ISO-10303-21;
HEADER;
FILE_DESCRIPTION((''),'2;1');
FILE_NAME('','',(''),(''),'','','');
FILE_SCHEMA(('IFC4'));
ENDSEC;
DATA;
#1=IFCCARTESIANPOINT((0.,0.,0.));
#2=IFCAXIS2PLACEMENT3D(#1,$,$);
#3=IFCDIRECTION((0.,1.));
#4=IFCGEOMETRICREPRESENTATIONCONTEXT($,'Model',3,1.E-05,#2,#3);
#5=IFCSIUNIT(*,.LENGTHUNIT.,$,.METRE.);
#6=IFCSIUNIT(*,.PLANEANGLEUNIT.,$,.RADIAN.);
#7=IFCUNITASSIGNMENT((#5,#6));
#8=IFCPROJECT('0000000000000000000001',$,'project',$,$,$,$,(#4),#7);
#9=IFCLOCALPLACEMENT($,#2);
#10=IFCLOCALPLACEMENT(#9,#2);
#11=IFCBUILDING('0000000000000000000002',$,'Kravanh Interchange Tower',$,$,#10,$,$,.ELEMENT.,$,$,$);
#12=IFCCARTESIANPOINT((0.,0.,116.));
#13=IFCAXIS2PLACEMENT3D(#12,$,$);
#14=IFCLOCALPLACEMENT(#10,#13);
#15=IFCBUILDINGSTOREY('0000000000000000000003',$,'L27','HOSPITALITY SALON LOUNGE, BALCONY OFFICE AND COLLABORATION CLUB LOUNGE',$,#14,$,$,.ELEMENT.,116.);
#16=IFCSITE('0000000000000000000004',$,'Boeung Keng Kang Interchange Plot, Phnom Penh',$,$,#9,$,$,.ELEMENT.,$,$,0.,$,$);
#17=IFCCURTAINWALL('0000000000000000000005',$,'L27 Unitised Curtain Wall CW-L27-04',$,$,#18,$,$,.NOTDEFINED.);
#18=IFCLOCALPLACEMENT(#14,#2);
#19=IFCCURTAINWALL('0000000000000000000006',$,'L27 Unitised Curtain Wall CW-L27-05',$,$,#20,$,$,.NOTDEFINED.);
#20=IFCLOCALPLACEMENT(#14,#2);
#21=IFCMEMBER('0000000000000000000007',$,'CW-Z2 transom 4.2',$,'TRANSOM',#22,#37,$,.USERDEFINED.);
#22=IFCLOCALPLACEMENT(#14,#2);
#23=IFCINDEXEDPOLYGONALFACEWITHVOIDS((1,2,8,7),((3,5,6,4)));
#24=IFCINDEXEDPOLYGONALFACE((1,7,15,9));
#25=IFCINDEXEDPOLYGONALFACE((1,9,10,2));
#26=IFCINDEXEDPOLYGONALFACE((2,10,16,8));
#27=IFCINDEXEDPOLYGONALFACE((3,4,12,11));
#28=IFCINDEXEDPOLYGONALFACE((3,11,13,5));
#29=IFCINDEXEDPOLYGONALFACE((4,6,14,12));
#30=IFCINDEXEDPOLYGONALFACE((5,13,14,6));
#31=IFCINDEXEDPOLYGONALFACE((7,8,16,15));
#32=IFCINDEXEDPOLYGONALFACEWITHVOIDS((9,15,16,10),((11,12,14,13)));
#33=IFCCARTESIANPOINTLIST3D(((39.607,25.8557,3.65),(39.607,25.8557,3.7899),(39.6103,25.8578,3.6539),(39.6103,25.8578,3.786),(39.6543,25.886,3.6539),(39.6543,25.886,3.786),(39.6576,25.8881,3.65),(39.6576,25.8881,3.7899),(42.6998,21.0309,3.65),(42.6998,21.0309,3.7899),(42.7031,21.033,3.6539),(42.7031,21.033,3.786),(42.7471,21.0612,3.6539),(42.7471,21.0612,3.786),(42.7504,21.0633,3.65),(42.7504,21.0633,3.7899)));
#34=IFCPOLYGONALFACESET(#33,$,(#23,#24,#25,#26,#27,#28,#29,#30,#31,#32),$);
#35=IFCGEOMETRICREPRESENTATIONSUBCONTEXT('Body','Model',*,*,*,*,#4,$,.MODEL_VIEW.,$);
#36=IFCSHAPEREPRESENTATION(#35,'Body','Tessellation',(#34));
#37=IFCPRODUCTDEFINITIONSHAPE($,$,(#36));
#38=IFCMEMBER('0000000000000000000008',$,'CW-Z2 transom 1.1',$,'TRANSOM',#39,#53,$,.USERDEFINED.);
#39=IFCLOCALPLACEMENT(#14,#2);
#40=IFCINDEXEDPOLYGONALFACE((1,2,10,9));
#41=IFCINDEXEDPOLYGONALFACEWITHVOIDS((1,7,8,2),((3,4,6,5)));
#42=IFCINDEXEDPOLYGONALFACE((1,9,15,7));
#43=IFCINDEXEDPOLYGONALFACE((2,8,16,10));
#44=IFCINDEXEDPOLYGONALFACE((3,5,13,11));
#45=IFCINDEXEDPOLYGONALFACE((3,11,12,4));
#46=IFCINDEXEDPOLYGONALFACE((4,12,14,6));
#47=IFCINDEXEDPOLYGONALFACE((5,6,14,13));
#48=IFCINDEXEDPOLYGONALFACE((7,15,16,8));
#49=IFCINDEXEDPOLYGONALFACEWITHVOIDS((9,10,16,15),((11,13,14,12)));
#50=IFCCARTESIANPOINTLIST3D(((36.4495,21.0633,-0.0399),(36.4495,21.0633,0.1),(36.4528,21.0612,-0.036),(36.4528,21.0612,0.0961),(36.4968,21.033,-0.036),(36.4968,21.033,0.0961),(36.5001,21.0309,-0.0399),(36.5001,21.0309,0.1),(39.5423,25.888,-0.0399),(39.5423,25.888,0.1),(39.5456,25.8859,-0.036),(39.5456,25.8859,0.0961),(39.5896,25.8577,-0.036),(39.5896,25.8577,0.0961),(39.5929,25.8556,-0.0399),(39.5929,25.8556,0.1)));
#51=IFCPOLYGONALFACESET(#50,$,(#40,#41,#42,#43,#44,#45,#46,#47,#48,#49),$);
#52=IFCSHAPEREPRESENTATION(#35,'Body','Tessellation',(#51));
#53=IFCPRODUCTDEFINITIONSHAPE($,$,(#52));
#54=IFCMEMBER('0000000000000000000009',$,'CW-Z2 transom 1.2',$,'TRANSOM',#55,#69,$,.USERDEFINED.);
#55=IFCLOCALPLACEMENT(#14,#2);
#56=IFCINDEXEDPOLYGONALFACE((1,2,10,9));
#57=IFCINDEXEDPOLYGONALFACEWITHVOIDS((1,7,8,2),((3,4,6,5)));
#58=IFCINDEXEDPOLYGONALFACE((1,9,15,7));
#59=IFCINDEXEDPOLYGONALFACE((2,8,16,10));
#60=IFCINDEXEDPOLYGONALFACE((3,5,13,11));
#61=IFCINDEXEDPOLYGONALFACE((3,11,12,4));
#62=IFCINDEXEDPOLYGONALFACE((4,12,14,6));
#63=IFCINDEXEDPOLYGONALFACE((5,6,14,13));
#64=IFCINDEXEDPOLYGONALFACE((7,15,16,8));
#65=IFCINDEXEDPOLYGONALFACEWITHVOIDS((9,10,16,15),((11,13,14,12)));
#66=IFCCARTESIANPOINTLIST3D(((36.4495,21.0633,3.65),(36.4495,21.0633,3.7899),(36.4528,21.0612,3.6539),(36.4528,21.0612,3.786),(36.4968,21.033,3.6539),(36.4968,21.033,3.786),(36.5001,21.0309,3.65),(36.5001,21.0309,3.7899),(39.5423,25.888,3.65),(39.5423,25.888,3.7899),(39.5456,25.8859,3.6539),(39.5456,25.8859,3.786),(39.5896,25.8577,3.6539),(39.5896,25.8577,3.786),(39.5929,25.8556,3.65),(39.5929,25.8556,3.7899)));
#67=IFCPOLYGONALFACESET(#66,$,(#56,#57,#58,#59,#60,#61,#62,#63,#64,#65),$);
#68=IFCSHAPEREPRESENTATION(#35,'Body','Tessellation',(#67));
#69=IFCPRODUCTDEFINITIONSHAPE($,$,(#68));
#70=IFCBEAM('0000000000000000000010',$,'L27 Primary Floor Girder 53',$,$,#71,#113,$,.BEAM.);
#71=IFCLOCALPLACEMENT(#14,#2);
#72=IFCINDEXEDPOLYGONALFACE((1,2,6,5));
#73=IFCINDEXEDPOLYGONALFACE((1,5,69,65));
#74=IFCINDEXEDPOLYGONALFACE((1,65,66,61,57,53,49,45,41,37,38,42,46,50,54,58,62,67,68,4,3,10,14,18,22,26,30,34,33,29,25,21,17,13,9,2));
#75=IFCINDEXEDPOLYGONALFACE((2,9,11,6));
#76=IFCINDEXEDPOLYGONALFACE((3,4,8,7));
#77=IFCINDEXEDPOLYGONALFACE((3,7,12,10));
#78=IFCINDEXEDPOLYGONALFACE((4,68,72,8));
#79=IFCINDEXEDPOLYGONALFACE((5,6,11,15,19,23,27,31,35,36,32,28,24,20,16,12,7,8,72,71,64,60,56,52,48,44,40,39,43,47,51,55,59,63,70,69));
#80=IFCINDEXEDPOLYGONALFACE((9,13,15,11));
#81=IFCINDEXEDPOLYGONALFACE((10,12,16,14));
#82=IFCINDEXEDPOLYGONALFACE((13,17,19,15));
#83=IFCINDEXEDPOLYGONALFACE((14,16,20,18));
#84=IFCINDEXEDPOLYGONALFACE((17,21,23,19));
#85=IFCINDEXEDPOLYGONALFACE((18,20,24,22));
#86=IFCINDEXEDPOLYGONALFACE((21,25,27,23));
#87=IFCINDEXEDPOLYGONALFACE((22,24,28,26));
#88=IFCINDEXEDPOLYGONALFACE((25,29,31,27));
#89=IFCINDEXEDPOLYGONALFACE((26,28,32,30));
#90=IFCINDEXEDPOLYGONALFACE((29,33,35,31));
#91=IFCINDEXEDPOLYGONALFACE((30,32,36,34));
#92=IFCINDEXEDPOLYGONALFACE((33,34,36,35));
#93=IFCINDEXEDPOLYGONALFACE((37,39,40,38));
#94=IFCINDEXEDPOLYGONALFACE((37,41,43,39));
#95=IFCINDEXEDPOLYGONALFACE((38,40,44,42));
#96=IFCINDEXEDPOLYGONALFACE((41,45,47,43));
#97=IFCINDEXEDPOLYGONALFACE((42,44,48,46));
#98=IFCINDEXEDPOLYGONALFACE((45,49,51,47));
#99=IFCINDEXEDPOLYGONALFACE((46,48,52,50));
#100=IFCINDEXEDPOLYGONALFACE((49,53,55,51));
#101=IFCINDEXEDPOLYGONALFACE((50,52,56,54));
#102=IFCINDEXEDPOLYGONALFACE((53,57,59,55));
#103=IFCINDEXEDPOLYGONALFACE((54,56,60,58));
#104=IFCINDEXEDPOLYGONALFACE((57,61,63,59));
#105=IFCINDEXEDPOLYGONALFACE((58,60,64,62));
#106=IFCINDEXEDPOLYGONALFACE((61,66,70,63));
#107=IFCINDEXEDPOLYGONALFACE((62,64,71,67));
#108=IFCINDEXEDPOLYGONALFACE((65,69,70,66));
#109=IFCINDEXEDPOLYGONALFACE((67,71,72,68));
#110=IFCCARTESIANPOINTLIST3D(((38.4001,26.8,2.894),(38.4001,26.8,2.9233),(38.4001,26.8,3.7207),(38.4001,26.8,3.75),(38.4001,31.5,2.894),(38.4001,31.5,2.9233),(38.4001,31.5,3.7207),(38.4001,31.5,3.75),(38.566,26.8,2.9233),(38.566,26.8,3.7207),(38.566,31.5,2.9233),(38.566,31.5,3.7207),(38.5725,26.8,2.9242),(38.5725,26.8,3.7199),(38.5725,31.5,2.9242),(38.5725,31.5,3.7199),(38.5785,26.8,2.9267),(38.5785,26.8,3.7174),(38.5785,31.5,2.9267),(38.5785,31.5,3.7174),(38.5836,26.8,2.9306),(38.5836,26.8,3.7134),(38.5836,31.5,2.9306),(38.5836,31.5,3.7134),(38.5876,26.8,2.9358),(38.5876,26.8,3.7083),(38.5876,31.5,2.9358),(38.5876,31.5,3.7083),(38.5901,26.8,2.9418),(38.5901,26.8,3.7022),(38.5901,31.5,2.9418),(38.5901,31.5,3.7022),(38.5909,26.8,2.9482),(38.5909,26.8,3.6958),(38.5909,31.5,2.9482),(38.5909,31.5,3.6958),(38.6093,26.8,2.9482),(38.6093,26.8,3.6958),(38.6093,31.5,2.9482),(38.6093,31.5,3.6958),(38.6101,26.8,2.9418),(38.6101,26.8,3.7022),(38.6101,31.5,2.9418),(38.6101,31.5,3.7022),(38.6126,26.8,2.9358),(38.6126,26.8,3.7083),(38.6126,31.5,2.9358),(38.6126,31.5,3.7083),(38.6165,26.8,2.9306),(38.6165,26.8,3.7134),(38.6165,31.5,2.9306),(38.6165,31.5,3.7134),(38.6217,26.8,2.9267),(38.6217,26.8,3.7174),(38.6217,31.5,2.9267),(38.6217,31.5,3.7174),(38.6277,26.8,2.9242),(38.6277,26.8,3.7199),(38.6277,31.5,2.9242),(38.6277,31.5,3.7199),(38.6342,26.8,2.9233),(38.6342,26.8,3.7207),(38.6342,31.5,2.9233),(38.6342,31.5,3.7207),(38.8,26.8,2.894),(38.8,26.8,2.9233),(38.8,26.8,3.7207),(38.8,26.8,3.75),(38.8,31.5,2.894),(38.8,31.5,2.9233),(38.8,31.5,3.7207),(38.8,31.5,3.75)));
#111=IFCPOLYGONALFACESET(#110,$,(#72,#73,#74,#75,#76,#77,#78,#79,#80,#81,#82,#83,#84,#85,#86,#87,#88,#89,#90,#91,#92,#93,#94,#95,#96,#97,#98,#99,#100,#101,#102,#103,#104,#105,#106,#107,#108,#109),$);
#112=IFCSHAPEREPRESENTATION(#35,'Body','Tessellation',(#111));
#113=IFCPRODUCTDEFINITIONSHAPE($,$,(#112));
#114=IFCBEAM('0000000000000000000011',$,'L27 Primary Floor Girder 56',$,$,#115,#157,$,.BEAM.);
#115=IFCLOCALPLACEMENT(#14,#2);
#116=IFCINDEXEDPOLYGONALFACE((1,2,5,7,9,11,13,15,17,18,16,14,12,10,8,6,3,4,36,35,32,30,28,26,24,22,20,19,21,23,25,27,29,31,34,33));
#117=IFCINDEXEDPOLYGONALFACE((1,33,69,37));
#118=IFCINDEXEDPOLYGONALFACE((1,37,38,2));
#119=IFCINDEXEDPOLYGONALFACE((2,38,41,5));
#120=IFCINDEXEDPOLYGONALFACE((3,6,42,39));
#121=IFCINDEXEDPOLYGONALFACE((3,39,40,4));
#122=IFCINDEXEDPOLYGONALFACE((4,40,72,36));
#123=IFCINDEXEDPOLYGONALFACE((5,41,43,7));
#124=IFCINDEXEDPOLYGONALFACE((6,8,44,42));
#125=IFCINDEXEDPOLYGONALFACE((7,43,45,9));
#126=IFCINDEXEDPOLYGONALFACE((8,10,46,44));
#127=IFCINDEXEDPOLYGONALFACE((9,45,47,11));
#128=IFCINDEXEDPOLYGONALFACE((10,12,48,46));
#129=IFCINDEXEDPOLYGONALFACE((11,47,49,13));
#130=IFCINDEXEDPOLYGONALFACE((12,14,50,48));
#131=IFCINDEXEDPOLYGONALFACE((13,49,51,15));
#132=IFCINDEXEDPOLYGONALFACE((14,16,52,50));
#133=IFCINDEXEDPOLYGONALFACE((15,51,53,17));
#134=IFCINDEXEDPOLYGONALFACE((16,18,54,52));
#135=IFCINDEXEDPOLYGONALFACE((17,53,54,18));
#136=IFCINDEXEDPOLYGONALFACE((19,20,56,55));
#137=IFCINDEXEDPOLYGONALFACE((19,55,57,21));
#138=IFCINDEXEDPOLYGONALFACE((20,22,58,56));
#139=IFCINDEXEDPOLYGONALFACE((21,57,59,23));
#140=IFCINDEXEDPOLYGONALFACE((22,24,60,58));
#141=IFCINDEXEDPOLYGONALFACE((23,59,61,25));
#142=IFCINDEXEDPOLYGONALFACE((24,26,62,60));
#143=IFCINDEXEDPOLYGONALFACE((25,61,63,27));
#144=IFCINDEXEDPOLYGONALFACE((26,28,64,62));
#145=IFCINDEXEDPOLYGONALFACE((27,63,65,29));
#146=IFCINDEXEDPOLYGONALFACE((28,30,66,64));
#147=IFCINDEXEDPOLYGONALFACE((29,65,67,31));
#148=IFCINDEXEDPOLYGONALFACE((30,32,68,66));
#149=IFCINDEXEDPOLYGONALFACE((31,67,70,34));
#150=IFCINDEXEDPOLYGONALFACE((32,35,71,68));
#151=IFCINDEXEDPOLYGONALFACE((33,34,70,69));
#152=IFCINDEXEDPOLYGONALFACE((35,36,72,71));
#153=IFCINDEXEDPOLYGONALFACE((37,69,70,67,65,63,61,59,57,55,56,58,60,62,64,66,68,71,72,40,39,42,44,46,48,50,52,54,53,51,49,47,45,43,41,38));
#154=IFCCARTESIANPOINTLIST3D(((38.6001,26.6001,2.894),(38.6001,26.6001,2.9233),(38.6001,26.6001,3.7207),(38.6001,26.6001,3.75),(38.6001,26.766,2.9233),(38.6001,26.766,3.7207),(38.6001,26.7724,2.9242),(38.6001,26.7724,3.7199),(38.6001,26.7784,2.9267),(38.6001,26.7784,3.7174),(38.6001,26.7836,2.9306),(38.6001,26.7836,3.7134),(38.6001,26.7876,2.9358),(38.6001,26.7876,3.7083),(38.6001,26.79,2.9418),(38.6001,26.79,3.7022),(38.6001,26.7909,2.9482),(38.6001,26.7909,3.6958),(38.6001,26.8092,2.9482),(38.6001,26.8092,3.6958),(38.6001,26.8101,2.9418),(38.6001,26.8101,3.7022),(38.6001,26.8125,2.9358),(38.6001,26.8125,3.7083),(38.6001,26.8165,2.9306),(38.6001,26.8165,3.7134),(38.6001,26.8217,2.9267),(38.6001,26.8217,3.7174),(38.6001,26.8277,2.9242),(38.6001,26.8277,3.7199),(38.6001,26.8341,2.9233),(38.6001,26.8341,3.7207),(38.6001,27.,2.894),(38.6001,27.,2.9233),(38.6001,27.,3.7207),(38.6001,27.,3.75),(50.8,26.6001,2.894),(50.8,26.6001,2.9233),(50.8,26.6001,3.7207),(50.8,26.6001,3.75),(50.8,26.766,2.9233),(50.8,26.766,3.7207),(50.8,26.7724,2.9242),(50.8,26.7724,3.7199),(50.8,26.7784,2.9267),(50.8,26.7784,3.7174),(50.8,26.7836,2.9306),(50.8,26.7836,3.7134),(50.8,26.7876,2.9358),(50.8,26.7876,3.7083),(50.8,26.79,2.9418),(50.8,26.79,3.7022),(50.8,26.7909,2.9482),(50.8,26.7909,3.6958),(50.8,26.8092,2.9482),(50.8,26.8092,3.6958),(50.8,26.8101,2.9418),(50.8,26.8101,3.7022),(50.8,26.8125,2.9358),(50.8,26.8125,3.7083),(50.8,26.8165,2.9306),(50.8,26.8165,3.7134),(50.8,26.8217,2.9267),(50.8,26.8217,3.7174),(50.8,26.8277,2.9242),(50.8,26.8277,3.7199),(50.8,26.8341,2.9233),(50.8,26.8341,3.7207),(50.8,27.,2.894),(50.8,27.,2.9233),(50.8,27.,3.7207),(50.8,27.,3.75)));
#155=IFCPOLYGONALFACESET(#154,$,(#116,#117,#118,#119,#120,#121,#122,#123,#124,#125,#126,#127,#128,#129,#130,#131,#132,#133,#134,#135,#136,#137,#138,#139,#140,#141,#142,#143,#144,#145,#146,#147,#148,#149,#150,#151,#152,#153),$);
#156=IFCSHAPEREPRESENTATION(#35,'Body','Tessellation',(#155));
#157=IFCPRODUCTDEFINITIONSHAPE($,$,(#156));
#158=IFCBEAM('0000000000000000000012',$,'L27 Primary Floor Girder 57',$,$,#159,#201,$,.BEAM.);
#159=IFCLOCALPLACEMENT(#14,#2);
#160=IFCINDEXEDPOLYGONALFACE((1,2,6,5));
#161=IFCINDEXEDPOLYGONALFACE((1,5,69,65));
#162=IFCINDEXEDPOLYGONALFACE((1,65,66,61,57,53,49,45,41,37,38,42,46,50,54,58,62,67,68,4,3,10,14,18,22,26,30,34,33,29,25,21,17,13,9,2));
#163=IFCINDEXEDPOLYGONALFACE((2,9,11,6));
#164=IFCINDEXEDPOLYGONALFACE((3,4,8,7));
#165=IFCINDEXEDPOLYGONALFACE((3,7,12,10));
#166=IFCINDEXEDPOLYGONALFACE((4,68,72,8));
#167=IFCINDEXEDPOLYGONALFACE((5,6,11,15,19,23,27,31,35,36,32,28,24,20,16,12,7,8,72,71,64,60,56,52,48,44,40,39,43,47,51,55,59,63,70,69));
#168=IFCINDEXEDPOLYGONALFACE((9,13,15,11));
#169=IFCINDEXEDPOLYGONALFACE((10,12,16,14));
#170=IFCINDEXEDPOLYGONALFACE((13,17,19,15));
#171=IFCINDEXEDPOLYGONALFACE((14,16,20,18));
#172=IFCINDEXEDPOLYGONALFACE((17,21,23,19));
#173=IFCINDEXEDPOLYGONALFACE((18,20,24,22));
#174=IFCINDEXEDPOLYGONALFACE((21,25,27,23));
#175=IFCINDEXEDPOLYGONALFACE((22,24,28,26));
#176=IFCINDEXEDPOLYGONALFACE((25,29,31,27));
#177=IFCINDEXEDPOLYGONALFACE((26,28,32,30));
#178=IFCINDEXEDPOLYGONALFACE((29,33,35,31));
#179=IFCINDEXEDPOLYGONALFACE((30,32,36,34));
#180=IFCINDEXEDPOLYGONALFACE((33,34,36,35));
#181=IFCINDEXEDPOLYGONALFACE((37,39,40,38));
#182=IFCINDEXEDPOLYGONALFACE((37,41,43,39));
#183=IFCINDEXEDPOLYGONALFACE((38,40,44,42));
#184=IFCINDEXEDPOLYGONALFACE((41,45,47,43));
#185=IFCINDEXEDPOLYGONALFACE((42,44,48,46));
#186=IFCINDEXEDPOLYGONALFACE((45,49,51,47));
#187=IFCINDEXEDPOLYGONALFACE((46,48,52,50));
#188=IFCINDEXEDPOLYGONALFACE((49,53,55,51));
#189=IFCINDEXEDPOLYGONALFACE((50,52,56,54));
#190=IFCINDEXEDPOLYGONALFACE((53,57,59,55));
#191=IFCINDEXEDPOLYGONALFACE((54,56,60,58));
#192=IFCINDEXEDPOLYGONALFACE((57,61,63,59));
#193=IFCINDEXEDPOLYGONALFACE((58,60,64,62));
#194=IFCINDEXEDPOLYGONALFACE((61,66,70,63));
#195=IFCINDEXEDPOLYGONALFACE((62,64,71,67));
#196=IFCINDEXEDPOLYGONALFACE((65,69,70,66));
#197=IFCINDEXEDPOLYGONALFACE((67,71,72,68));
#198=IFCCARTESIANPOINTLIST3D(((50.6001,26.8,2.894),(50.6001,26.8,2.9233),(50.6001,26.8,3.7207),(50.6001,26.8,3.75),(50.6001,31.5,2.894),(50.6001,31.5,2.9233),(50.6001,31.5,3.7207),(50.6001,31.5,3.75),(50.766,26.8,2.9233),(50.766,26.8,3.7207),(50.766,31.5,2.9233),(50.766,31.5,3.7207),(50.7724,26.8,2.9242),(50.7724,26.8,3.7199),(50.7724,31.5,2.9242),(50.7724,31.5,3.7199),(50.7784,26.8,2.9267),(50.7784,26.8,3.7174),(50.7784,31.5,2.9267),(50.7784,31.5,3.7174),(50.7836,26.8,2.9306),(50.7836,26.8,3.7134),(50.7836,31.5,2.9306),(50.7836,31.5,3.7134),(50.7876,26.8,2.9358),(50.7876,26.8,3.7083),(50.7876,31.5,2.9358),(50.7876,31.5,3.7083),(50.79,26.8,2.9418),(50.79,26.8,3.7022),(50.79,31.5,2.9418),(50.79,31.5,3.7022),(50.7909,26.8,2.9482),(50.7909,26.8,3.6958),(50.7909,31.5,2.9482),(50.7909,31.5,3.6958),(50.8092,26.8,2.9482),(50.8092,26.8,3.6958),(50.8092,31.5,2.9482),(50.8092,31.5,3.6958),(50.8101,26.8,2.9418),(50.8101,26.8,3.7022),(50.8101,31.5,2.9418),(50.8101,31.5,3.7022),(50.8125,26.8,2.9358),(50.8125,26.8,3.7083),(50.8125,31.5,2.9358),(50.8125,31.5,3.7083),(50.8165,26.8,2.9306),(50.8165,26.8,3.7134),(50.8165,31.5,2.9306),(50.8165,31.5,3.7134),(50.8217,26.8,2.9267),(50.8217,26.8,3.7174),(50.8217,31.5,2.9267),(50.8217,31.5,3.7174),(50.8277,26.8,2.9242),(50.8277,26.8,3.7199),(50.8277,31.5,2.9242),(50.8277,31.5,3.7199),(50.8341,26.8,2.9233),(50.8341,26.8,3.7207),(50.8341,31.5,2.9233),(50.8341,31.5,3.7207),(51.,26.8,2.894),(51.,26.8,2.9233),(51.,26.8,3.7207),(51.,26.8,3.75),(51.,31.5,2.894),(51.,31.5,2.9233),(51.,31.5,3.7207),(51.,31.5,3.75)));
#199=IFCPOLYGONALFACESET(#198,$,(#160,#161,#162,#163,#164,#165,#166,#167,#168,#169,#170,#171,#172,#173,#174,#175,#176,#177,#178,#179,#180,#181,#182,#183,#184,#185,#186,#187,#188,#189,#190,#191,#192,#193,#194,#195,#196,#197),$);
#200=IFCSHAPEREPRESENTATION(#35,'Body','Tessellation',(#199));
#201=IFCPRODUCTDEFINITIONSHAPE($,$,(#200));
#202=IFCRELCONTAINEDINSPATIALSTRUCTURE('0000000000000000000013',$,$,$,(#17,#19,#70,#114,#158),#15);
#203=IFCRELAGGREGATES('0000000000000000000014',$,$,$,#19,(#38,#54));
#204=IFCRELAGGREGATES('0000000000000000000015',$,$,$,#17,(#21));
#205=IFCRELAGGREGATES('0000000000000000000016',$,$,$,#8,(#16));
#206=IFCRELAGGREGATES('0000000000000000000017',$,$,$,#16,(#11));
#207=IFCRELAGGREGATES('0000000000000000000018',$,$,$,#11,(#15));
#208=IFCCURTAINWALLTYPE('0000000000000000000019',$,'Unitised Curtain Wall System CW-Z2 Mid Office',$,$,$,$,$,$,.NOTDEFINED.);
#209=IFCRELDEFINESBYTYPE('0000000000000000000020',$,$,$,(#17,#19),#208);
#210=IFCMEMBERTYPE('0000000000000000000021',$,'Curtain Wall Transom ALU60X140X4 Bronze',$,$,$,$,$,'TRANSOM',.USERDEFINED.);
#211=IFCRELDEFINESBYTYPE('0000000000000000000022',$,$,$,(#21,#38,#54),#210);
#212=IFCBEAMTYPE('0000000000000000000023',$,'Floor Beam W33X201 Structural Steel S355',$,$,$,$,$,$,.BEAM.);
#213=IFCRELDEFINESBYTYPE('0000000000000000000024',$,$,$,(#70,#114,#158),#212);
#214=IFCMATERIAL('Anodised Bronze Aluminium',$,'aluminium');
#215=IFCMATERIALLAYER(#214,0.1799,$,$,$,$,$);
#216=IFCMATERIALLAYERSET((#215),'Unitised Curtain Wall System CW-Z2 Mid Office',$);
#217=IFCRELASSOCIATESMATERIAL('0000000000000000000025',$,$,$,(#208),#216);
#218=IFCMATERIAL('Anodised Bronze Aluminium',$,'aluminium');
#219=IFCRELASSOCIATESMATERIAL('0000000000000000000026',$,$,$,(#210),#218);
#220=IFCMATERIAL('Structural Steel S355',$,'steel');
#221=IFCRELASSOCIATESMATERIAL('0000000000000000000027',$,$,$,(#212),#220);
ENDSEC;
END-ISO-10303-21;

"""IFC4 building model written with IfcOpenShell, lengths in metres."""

from ifc_helpers import new_model, si_unit, direction, frame, origin, origin_2d, place, context, subcontext, project, spatial, hollow_rectangle, i_section, extrude, material, layer, layer_set, material_profile, profile_set, type_object, element, aggregate, save


model = new_model("IFC4")

# Units and contexts
model_context = context("Model", 3, precision=1e-05, world=origin(), true_north=direction((0.0, 1.0)))
body_context = subcontext(model_context, "Body", "Model", "MODEL_VIEW")
ifc_project = project(units=[si_unit("LENGTHUNIT", "METRE"), si_unit("PLANEANGLEUNIT", "RADIAN")], contexts=[model_context])

# Site, building, storey
site_placement = place(None, origin())
site = spatial("IfcSite", under=ifc_project, at=site_placement, Name="Boeung Keng Kang Interchange Plot, Phnom Penh", CompositionType="ELEMENT", RefElevation=0.0)
building_placement = place(site_placement, origin())
building = spatial("IfcBuilding", under=site, at=building_placement, Name="Kravanh Interchange Tower", CompositionType="ELEMENT")
storey_placement = place(building_placement, frame((0.0, 0.0, 116.0)))
storey = spatial("IfcBuildingStorey", under=building, at=storey_placement, Name="L27", Description="HOSPITALITY SALON LOUNGE, BALCONY OFFICE AND COLLABORATION CLUB LOUNGE", CompositionType="ELEMENT", Elevation=116.0)

# Curtain wall
ifc_material_1 = material(Name="Anodised Bronze Aluminium", Category="aluminium")
ifc_layer_1 = layer(ifc_material_1, 0.1799)
ifc_layer_set_1 = layer_set([ifc_layer_1], Name="Unitised Curtain Wall System CW-Z2 Mid Office")
curtain_wall_type = type_object("IfcCurtainWallType", Name="Unitised Curtain Wall System CW-Z2 Mid Office", PredefinedType="NOTDEFINED", material=ifc_layer_set_1)
curtain_wall_1_placement = place(storey_placement, origin())
curtain_wall_1 = element("IfcCurtainWall", 1, at=curtain_wall_1_placement, inside=storey, type_object=curtain_wall_type, Name="L27 Unitised Curtain Wall CW-L27-04", PredefinedType="NOTDEFINED")

# Curtain wall
curtain_wall_2_placement = place(storey_placement, origin())
curtain_wall_2 = element("IfcCurtainWall", 2, at=curtain_wall_2_placement, inside=storey, type_object=curtain_wall_type, Name="L27 Unitised Curtain Wall CW-L27-05", PredefinedType="NOTDEFINED")

# Members
ifc_material_2 = material(Name="Anodised Bronze Aluminium", Category="aluminium")
ifc_material_profile_1 = material_profile(ifc_material_2, hollow_rectangle(XDim=0.0601, YDim=0.1399, WallThickness=0.0039, at=origin_2d()), Name="ALU60X140X4")
ifc_profile_set_1 = profile_set([ifc_material_profile_1], Name="Anodised Bronze Aluminium")
member_type_1 = type_object("IfcMemberType", Name="Curtain Wall Transom ALU60X140X4 Bronze", ElementType="TRANSOM", PredefinedType="USERDEFINED", material=ifc_profile_set_1)
member_1_placement = place(storey_placement, frame((42.7251, 21.0471, 3.72), z_axis=(-0.539668, 0.841878, 0.0), x_axis=(-0.841878, -0.539668, 0.0)))
member_1 = element("IfcMember", 3, at=member_1_placement, type_object=member_type_1, Name="CW-Z2 transom 4.2", ObjectType="TRANSOM", PredefinedType="USERDEFINED", context=body_context, shape_type="SweptSolid", body=[
    extrude(hollow_rectangle(XDim=0.0601, YDim=0.1399, WallThickness=0.0039, at=origin_2d()), origin(), (0.0, 0.0, 1.0), 5.731),
])
member_2_placement = place(storey_placement, frame((39.5676, 25.8718, 0.03), z_axis=(-0.539668, -0.841878, 0.0), x_axis=(0.841878, -0.539668, 0.0)))
member_2 = element("IfcMember", 4, at=member_2_placement, type_object=member_type_1, Name="CW-Z2 transom 1.1", ObjectType="TRANSOM", PredefinedType="USERDEFINED", context=body_context, shape_type="SweptSolid", body=[
    extrude(hollow_rectangle(XDim=0.0601, YDim=0.1399, WallThickness=0.0039, at=origin_2d()), origin(), (0.0, 0.0, 1.0), 5.731),
])
member_3_placement = place(storey_placement, frame((39.5676, 25.8718, 3.72), z_axis=(-0.539668, -0.841878, 0.0), x_axis=(0.841878, -0.539668, 0.0)))
member_3 = element("IfcMember", 5, at=member_3_placement, type_object=member_type_1, Name="CW-Z2 transom 1.2", ObjectType="TRANSOM", PredefinedType="USERDEFINED", context=body_context, shape_type="SweptSolid", body=[
    extrude(hollow_rectangle(XDim=0.0601, YDim=0.1399, WallThickness=0.0039, at=origin_2d()), origin(), (0.0, 0.0, 1.0), 5.731),
])
aggregate(curtain_wall_2, [member_2, member_3])

# Beams
ifc_material_3 = material(Name="Structural Steel S355", Category="steel")
ifc_material_profile_2 = material_profile(ifc_material_3, i_section(OverallWidth=0.3999, OverallDepth=0.856, WebThickness=0.0183, FlangeThickness=0.0293, FilletRadius=0.0249, at=origin_2d()), Name="W33X201")
ifc_profile_set_2 = profile_set([ifc_material_profile_2], Name="Structural Steel S355")
beam_type_1 = type_object("IfcBeamType", Name="Floor Beam W33X201 Structural Steel S355", PredefinedType="BEAM", material=ifc_profile_set_2)
beam_1_placement = place(storey_placement, frame((38.6001, 26.8, 3.322), z_axis=(0.0, 1.0, 0.0), x_axis=(-1.0, 0.0, 0.0)))
element("IfcBeam", 6, at=beam_1_placement, inside=storey, type_object=beam_type_1, Name="L27 Primary Floor Girder 53", PredefinedType="BEAM", context=body_context, shape_type="SweptSolid", body=[
    extrude(i_section(OverallWidth=0.3999, OverallDepth=0.856, WebThickness=0.0183, FlangeThickness=0.0293, FilletRadius=0.0249, at=origin_2d()), origin(), (0.0, 0.0, 1.0), 4.7),
])
beam_2_placement = place(storey_placement, frame((38.6001, 26.8, 3.322), z_axis=(1.0, 0.0, 0.0), x_axis=(0.0, 1.0, 0.0)))
element("IfcBeam", 7, at=beam_2_placement, inside=storey, type_object=beam_type_1, Name="L27 Primary Floor Girder 56", PredefinedType="BEAM", context=body_context, shape_type="SweptSolid", body=[
    extrude(i_section(OverallWidth=0.3999, OverallDepth=0.856, WebThickness=0.0183, FlangeThickness=0.0293, FilletRadius=0.0249, at=origin_2d()), origin(), (0.0, 0.0, 1.0), 12.2),
])
beam_3_placement = place(storey_placement, frame((50.8, 26.8, 3.322), z_axis=(0.0, 1.0, 0.0), x_axis=(-1.0, 0.0, 0.0)))
element("IfcBeam", 8, at=beam_3_placement, inside=storey, type_object=beam_type_1, Name="L27 Primary Floor Girder 57", PredefinedType="BEAM", context=body_context, shape_type="SweptSolid", body=[
    extrude(i_section(OverallWidth=0.3999, OverallDepth=0.856, WebThickness=0.0183, FlangeThickness=0.0293, FilletRadius=0.0249, at=origin_2d()), origin(), (0.0, 0.0, 1.0), 4.7),
])

aggregate(curtain_wall_1, [member_1])

save(model, "model.ifc")
